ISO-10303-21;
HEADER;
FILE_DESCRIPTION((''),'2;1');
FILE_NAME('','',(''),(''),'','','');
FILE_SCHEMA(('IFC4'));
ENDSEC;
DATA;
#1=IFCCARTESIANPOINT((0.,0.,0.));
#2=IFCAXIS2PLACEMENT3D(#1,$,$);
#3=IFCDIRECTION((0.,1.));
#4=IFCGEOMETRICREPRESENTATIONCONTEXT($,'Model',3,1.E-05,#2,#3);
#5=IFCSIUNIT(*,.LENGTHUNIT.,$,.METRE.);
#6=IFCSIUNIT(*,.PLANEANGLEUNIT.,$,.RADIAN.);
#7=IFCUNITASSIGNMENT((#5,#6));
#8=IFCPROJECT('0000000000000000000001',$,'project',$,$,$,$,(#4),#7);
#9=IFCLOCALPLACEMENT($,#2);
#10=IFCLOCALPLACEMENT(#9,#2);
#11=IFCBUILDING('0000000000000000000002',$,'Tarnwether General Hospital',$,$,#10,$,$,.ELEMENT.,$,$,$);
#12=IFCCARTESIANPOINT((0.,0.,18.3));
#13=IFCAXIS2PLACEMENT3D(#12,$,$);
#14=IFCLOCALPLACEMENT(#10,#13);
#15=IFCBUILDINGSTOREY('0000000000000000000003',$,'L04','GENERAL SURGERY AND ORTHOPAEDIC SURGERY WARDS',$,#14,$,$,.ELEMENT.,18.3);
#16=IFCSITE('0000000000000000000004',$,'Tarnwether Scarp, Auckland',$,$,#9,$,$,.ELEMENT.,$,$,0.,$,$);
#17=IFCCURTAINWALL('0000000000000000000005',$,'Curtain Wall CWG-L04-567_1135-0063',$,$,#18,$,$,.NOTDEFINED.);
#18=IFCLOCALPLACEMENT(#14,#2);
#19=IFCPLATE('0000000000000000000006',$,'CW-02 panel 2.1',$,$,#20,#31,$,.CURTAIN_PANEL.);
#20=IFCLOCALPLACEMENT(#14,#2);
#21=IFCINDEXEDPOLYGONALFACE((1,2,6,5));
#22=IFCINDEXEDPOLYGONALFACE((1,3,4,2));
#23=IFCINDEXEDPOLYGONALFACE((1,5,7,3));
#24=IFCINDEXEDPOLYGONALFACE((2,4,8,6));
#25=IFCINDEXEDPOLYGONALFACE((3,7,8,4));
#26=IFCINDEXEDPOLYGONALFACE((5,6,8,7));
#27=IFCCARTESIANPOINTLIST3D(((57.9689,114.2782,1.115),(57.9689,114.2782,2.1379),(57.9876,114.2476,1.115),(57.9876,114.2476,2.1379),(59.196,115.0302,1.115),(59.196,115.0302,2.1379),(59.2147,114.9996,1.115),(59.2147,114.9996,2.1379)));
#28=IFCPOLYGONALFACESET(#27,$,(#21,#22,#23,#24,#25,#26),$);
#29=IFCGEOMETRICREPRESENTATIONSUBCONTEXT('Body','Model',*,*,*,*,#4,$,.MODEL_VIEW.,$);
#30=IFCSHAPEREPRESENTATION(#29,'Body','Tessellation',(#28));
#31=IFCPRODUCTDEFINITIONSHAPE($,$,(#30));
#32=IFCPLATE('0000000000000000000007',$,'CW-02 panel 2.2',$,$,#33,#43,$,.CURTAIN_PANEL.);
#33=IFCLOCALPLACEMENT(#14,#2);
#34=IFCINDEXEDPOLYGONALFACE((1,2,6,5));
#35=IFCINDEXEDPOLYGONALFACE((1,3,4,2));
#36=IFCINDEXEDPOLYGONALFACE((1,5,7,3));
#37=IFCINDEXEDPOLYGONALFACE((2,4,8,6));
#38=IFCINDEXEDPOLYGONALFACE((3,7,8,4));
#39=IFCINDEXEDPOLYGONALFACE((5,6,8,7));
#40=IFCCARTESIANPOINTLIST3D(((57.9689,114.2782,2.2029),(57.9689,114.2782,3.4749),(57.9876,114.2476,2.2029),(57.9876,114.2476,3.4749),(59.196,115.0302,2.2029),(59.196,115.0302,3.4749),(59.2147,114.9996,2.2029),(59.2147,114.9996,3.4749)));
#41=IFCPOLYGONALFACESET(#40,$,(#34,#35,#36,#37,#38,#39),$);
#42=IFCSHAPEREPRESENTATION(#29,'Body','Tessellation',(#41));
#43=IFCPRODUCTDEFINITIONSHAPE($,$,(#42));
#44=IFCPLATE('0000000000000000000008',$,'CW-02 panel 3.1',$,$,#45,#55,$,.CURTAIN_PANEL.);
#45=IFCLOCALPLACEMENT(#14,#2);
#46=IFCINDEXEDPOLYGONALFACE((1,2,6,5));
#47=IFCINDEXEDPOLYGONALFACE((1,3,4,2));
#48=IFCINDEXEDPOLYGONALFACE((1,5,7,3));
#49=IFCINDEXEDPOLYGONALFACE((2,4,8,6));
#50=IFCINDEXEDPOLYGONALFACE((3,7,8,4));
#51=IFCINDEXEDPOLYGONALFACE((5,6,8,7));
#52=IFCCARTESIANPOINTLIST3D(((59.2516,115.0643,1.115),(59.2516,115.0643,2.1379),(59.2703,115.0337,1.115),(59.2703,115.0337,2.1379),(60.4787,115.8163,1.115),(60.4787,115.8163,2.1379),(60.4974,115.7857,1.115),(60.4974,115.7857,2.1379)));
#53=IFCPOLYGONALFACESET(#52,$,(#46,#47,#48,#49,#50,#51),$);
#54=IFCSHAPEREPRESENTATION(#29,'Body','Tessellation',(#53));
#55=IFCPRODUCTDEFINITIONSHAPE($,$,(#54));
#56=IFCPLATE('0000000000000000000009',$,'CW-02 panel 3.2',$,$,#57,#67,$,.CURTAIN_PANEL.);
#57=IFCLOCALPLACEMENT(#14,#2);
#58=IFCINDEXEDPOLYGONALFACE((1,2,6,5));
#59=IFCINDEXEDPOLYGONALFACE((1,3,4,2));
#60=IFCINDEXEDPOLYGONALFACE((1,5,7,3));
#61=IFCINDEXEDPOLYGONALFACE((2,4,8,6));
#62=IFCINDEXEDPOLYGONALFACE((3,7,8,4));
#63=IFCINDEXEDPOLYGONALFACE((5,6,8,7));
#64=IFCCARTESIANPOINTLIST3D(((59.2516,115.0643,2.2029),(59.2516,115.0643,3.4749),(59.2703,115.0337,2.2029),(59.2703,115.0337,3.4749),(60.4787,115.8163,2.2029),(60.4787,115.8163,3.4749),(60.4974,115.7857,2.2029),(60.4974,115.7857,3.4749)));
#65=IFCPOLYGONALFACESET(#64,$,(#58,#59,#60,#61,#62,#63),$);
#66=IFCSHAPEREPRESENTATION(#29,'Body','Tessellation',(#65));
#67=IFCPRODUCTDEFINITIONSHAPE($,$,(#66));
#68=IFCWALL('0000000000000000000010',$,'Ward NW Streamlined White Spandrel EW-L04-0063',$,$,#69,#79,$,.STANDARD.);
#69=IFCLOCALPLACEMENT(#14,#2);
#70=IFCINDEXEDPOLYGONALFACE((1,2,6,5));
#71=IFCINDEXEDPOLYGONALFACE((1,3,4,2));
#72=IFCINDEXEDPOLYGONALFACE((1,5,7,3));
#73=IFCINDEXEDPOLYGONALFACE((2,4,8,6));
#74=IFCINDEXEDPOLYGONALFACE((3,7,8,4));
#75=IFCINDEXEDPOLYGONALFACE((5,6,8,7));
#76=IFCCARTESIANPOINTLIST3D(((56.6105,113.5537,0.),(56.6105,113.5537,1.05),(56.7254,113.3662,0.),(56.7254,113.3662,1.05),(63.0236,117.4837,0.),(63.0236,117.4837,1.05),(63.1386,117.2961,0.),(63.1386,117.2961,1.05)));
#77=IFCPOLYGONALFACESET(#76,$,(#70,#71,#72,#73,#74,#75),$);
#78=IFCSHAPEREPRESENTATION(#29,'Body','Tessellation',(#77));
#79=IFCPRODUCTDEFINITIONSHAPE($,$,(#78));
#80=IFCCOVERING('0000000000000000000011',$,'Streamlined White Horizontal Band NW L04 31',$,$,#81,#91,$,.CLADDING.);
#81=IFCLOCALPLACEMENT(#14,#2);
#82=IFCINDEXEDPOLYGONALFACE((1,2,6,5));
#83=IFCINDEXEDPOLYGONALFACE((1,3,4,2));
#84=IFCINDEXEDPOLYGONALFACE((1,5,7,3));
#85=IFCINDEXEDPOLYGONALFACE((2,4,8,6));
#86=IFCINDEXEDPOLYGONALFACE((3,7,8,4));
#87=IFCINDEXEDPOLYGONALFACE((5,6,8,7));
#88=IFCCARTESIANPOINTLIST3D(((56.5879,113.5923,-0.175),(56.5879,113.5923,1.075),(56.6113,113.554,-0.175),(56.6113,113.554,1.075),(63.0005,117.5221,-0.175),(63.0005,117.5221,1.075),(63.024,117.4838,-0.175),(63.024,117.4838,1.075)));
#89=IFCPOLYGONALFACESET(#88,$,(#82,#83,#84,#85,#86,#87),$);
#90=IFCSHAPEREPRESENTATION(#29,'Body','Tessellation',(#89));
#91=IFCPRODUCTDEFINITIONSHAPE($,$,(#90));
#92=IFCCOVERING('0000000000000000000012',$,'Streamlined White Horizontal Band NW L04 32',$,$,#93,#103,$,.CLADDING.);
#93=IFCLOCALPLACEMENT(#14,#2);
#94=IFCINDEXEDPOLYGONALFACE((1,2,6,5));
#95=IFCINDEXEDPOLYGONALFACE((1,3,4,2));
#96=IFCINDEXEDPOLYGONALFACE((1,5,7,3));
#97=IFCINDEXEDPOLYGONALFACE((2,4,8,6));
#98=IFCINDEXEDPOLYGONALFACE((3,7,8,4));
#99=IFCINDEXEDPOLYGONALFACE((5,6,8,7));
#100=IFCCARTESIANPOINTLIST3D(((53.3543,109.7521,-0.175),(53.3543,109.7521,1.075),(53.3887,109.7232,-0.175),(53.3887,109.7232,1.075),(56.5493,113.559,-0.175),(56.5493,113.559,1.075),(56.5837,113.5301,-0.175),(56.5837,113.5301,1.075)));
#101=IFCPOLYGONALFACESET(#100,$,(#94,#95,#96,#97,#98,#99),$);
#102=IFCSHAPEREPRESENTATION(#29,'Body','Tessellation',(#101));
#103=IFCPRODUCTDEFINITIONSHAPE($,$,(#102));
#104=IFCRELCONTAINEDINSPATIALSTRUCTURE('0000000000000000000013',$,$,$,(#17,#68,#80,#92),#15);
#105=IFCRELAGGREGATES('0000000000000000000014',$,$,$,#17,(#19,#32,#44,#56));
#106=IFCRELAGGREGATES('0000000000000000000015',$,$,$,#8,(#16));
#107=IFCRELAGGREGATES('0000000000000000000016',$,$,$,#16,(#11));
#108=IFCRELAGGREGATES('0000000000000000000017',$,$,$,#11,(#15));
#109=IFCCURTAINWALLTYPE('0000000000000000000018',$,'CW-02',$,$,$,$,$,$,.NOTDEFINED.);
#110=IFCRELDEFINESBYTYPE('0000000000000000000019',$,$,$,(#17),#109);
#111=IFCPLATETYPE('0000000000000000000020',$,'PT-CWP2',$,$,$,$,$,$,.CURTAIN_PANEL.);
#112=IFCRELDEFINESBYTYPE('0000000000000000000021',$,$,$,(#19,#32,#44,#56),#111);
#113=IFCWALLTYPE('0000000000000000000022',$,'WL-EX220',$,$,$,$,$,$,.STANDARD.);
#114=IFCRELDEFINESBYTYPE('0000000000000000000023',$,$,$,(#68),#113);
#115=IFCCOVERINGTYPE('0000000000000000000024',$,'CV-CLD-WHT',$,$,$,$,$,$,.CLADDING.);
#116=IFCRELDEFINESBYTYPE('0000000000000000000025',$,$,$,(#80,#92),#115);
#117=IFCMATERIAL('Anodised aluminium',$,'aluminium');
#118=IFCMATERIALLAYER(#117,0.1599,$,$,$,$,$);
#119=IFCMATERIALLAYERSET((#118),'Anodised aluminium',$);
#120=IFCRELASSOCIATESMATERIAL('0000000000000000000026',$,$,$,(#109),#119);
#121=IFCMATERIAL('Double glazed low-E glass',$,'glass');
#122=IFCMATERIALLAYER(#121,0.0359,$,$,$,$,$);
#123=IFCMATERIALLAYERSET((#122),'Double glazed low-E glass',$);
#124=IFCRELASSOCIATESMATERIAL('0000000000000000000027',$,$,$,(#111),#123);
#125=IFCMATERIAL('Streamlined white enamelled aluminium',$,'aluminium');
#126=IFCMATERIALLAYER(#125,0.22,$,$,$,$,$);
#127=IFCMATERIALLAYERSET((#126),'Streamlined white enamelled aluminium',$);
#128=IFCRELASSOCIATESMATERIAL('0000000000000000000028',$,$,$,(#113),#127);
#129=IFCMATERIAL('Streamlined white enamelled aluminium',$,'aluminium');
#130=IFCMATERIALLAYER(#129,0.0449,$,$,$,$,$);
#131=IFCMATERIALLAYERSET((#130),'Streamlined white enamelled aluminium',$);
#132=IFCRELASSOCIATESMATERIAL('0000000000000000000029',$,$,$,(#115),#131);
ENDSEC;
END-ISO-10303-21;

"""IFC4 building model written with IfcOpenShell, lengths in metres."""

from ifc_helpers import new_model, si_unit, direction, frame, frame_2d, origin, origin_2d, place, context, subcontext, project, spatial, rectangle, extrude, material, layer, layer_set, type_object, element, aggregate, save


model = new_model("IFC4")

# Units and contexts
model_context = context("Model", 3, precision=1e-05, world=origin(), true_north=direction((0.0, 1.0)))
body_context = subcontext(model_context, "Body", "Model", "MODEL_VIEW")
ifc_project = project(units=[si_unit("LENGTHUNIT", "METRE"), si_unit("PLANEANGLEUNIT", "RADIAN")], contexts=[model_context])

# Site, building, storey
site_placement = place(None, origin())
site = spatial("IfcSite", under=ifc_project, at=site_placement, Name="Tarnwether Scarp, Auckland", CompositionType="ELEMENT", RefElevation=0.0)
building_placement = place(site_placement, origin())
building = spatial("IfcBuilding", under=site, at=building_placement, Name="Tarnwether General Hospital", CompositionType="ELEMENT")
storey_placement = place(building_placement, frame((0.0, 0.0, 18.3)))
storey = spatial("IfcBuildingStorey", under=building, at=storey_placement, Name="L04", Description="GENERAL SURGERY AND ORTHOPAEDIC SURGERY WARDS", CompositionType="ELEMENT", Elevation=18.3)

# Curtain wall
ifc_material_1 = material(Name="Anodised aluminium", Category="aluminium")
ifc_layer_1 = layer(ifc_material_1, 0.1599)
ifc_layer_set_1 = layer_set([ifc_layer_1], Name="Anodised aluminium")
curtain_wall_type_1 = type_object("IfcCurtainWallType", Name="CW-02", PredefinedType="NOTDEFINED", material=ifc_layer_set_1)
curtain_wall_1_placement = place(storey_placement, origin())
curtain_wall_1 = element("IfcCurtainWall", 1, at=curtain_wall_1_placement, inside=storey, type_object=curtain_wall_type_1, Name="Curtain Wall CWG-L04-567_1135-0063", PredefinedType="NOTDEFINED")

# Plates
ifc_material_2 = material(Name="Double glazed low-E glass", Category="glass")
ifc_layer_2 = layer(ifc_material_2, 0.0359)
ifc_layer_set_2 = layer_set([ifc_layer_2], Name="Double glazed low-E glass")
plate_type_1 = type_object("IfcPlateType", Name="PT-CWP2", PredefinedType="CURTAIN_PANEL", material=ifc_layer_set_2)
plate_1_placement = place(storey_placement, frame((58.5918, 114.6389, 1.115), z_axis=(0.0, 0.0, 1.0), x_axis=(0.852634, 0.522509, 0.0)))
plate_1 = element("IfcPlate", 2, at=plate_1_placement, type_object=plate_type_1, Name="CW-02 panel 2.1", PredefinedType="CURTAIN_PANEL", context=body_context, shape_type="SweptSolid", body=[
    extrude(rectangle(XDim=1.4392, YDim=0.0359, at=origin_2d()), origin(), (0.0, 0.0, 1.0), 1.0229),
])
plate_2_placement = place(storey_placement, frame((58.5918, 114.6389, 2.2029), z_axis=(0.0, 0.0, 1.0), x_axis=(0.852634, 0.522509, 0.0)))
plate_2 = element("IfcPlate", 3, at=plate_2_placement, type_object=plate_type_1, Name="CW-02 panel 2.2", PredefinedType="CURTAIN_PANEL", context=body_context, shape_type="SweptSolid", body=[
    extrude(rectangle(XDim=1.4392, YDim=0.0359, at=origin_2d()), origin(), (0.0, 0.0, 1.0), 1.272),
])
plate_3_placement = place(storey_placement, frame((59.8745, 115.425, 1.115), z_axis=(0.0, 0.0, 1.0), x_axis=(0.852634, 0.522509, 0.0)))
plate_3 = element("IfcPlate", 4, at=plate_3_placement, type_object=plate_type_1, Name="CW-02 panel 3.1", PredefinedType="CURTAIN_PANEL", context=body_context, shape_type="SweptSolid", body=[
    extrude(rectangle(XDim=1.4392, YDim=0.0359, at=origin_2d()), origin(), (0.0, 0.0, 1.0), 1.0229),
])
plate_4_placement = place(storey_placement, frame((59.8745, 115.425, 2.2029), z_axis=(0.0, 0.0, 1.0), x_axis=(0.852634, 0.522509, 0.0)))
plate_4 = element("IfcPlate", 5, at=plate_4_placement, type_object=plate_type_1, Name="CW-02 panel 3.2", PredefinedType="CURTAIN_PANEL", context=body_context, shape_type="SweptSolid", body=[
    extrude(rectangle(XDim=1.4392, YDim=0.0359, at=origin_2d()), origin(), (0.0, 0.0, 1.0), 1.272),
])
aggregate(curtain_wall_1, [plate_1, plate_2, plate_3, plate_4])

# Wall
ifc_material_3 = material(Name="Streamlined white enamelled aluminium", Category="aluminium")
ifc_layer_3 = layer(ifc_material_3, 0.22)
ifc_layer_set_3 = layer_set([ifc_layer_3], Name="Streamlined white enamelled aluminium")
wall_type = type_object("IfcWallType", Name="WL-EX220", PredefinedType="STANDARD", material=ifc_layer_set_3)
wall_placement = place(storey_placement, frame((56.668, 113.46, 0.0), z_axis=(0.0, 0.0, 1.0), x_axis=(0.852641, 0.522497, 0.0)))
element("IfcWall", 6, at=wall_placement, inside=storey, type_object=wall_type, Name="Ward NW Streamlined White Spandrel EW-L04-0063", PredefinedType="STANDARD", context=body_context, shape_type="SweptSolid", body=[
    extrude(rectangle(XDim=7.5215, YDim=0.22, at=frame_2d((3.7607, 0.0))), origin(), (0.0, 0.0, 1.0), 1.05),
])

# Coverings
ifc_material_4 = material(Name="Streamlined white enamelled aluminium", Category="aluminium")
ifc_layer_4 = layer(ifc_material_4, 0.0449)
ifc_layer_set_4 = layer_set([ifc_layer_4], Name="Streamlined white enamelled aluminium")
covering_type = type_object("IfcCoveringType", Name="CV-CLD-WHT", PredefinedType="CLADDING", material=ifc_layer_set_4)
covering_1_placement = place(storey_placement, frame((59.8059, 115.5381, -0.175), z_axis=(0.0, 0.0, 1.0), x_axis=(0.852631, 0.522513, 0.0)))
element("IfcCovering", 7, at=covering_1_placement, inside=storey, type_object=covering_type, Name="Streamlined White Horizontal Band NW L04 31", PredefinedType="CLADDING", context=body_context, shape_type="SweptSolid", body=[
    extrude(rectangle(XDim=7.521, YDim=0.0449, at=origin_2d()), origin(), (0.0, 0.0, 1.0), 1.25),
])
covering_2_placement = place(storey_placement, frame((54.969, 111.6411, -0.175), z_axis=(0.0, 0.0, 1.0), x_axis=(0.642854, 0.765988, 0.0)))
element("IfcCovering", 8, at=covering_2_placement, inside=storey, type_object=covering_type, Name="Streamlined White Horizontal Band NW L04 32", PredefinedType="CLADDING", context=body_context, shape_type="SweptSolid", body=[
    extrude(rectangle(XDim=4.97, YDim=0.0449, at=origin_2d()), origin(), (0.0, 0.0, 1.0), 1.25),
])

save(model, "model.ifc")
